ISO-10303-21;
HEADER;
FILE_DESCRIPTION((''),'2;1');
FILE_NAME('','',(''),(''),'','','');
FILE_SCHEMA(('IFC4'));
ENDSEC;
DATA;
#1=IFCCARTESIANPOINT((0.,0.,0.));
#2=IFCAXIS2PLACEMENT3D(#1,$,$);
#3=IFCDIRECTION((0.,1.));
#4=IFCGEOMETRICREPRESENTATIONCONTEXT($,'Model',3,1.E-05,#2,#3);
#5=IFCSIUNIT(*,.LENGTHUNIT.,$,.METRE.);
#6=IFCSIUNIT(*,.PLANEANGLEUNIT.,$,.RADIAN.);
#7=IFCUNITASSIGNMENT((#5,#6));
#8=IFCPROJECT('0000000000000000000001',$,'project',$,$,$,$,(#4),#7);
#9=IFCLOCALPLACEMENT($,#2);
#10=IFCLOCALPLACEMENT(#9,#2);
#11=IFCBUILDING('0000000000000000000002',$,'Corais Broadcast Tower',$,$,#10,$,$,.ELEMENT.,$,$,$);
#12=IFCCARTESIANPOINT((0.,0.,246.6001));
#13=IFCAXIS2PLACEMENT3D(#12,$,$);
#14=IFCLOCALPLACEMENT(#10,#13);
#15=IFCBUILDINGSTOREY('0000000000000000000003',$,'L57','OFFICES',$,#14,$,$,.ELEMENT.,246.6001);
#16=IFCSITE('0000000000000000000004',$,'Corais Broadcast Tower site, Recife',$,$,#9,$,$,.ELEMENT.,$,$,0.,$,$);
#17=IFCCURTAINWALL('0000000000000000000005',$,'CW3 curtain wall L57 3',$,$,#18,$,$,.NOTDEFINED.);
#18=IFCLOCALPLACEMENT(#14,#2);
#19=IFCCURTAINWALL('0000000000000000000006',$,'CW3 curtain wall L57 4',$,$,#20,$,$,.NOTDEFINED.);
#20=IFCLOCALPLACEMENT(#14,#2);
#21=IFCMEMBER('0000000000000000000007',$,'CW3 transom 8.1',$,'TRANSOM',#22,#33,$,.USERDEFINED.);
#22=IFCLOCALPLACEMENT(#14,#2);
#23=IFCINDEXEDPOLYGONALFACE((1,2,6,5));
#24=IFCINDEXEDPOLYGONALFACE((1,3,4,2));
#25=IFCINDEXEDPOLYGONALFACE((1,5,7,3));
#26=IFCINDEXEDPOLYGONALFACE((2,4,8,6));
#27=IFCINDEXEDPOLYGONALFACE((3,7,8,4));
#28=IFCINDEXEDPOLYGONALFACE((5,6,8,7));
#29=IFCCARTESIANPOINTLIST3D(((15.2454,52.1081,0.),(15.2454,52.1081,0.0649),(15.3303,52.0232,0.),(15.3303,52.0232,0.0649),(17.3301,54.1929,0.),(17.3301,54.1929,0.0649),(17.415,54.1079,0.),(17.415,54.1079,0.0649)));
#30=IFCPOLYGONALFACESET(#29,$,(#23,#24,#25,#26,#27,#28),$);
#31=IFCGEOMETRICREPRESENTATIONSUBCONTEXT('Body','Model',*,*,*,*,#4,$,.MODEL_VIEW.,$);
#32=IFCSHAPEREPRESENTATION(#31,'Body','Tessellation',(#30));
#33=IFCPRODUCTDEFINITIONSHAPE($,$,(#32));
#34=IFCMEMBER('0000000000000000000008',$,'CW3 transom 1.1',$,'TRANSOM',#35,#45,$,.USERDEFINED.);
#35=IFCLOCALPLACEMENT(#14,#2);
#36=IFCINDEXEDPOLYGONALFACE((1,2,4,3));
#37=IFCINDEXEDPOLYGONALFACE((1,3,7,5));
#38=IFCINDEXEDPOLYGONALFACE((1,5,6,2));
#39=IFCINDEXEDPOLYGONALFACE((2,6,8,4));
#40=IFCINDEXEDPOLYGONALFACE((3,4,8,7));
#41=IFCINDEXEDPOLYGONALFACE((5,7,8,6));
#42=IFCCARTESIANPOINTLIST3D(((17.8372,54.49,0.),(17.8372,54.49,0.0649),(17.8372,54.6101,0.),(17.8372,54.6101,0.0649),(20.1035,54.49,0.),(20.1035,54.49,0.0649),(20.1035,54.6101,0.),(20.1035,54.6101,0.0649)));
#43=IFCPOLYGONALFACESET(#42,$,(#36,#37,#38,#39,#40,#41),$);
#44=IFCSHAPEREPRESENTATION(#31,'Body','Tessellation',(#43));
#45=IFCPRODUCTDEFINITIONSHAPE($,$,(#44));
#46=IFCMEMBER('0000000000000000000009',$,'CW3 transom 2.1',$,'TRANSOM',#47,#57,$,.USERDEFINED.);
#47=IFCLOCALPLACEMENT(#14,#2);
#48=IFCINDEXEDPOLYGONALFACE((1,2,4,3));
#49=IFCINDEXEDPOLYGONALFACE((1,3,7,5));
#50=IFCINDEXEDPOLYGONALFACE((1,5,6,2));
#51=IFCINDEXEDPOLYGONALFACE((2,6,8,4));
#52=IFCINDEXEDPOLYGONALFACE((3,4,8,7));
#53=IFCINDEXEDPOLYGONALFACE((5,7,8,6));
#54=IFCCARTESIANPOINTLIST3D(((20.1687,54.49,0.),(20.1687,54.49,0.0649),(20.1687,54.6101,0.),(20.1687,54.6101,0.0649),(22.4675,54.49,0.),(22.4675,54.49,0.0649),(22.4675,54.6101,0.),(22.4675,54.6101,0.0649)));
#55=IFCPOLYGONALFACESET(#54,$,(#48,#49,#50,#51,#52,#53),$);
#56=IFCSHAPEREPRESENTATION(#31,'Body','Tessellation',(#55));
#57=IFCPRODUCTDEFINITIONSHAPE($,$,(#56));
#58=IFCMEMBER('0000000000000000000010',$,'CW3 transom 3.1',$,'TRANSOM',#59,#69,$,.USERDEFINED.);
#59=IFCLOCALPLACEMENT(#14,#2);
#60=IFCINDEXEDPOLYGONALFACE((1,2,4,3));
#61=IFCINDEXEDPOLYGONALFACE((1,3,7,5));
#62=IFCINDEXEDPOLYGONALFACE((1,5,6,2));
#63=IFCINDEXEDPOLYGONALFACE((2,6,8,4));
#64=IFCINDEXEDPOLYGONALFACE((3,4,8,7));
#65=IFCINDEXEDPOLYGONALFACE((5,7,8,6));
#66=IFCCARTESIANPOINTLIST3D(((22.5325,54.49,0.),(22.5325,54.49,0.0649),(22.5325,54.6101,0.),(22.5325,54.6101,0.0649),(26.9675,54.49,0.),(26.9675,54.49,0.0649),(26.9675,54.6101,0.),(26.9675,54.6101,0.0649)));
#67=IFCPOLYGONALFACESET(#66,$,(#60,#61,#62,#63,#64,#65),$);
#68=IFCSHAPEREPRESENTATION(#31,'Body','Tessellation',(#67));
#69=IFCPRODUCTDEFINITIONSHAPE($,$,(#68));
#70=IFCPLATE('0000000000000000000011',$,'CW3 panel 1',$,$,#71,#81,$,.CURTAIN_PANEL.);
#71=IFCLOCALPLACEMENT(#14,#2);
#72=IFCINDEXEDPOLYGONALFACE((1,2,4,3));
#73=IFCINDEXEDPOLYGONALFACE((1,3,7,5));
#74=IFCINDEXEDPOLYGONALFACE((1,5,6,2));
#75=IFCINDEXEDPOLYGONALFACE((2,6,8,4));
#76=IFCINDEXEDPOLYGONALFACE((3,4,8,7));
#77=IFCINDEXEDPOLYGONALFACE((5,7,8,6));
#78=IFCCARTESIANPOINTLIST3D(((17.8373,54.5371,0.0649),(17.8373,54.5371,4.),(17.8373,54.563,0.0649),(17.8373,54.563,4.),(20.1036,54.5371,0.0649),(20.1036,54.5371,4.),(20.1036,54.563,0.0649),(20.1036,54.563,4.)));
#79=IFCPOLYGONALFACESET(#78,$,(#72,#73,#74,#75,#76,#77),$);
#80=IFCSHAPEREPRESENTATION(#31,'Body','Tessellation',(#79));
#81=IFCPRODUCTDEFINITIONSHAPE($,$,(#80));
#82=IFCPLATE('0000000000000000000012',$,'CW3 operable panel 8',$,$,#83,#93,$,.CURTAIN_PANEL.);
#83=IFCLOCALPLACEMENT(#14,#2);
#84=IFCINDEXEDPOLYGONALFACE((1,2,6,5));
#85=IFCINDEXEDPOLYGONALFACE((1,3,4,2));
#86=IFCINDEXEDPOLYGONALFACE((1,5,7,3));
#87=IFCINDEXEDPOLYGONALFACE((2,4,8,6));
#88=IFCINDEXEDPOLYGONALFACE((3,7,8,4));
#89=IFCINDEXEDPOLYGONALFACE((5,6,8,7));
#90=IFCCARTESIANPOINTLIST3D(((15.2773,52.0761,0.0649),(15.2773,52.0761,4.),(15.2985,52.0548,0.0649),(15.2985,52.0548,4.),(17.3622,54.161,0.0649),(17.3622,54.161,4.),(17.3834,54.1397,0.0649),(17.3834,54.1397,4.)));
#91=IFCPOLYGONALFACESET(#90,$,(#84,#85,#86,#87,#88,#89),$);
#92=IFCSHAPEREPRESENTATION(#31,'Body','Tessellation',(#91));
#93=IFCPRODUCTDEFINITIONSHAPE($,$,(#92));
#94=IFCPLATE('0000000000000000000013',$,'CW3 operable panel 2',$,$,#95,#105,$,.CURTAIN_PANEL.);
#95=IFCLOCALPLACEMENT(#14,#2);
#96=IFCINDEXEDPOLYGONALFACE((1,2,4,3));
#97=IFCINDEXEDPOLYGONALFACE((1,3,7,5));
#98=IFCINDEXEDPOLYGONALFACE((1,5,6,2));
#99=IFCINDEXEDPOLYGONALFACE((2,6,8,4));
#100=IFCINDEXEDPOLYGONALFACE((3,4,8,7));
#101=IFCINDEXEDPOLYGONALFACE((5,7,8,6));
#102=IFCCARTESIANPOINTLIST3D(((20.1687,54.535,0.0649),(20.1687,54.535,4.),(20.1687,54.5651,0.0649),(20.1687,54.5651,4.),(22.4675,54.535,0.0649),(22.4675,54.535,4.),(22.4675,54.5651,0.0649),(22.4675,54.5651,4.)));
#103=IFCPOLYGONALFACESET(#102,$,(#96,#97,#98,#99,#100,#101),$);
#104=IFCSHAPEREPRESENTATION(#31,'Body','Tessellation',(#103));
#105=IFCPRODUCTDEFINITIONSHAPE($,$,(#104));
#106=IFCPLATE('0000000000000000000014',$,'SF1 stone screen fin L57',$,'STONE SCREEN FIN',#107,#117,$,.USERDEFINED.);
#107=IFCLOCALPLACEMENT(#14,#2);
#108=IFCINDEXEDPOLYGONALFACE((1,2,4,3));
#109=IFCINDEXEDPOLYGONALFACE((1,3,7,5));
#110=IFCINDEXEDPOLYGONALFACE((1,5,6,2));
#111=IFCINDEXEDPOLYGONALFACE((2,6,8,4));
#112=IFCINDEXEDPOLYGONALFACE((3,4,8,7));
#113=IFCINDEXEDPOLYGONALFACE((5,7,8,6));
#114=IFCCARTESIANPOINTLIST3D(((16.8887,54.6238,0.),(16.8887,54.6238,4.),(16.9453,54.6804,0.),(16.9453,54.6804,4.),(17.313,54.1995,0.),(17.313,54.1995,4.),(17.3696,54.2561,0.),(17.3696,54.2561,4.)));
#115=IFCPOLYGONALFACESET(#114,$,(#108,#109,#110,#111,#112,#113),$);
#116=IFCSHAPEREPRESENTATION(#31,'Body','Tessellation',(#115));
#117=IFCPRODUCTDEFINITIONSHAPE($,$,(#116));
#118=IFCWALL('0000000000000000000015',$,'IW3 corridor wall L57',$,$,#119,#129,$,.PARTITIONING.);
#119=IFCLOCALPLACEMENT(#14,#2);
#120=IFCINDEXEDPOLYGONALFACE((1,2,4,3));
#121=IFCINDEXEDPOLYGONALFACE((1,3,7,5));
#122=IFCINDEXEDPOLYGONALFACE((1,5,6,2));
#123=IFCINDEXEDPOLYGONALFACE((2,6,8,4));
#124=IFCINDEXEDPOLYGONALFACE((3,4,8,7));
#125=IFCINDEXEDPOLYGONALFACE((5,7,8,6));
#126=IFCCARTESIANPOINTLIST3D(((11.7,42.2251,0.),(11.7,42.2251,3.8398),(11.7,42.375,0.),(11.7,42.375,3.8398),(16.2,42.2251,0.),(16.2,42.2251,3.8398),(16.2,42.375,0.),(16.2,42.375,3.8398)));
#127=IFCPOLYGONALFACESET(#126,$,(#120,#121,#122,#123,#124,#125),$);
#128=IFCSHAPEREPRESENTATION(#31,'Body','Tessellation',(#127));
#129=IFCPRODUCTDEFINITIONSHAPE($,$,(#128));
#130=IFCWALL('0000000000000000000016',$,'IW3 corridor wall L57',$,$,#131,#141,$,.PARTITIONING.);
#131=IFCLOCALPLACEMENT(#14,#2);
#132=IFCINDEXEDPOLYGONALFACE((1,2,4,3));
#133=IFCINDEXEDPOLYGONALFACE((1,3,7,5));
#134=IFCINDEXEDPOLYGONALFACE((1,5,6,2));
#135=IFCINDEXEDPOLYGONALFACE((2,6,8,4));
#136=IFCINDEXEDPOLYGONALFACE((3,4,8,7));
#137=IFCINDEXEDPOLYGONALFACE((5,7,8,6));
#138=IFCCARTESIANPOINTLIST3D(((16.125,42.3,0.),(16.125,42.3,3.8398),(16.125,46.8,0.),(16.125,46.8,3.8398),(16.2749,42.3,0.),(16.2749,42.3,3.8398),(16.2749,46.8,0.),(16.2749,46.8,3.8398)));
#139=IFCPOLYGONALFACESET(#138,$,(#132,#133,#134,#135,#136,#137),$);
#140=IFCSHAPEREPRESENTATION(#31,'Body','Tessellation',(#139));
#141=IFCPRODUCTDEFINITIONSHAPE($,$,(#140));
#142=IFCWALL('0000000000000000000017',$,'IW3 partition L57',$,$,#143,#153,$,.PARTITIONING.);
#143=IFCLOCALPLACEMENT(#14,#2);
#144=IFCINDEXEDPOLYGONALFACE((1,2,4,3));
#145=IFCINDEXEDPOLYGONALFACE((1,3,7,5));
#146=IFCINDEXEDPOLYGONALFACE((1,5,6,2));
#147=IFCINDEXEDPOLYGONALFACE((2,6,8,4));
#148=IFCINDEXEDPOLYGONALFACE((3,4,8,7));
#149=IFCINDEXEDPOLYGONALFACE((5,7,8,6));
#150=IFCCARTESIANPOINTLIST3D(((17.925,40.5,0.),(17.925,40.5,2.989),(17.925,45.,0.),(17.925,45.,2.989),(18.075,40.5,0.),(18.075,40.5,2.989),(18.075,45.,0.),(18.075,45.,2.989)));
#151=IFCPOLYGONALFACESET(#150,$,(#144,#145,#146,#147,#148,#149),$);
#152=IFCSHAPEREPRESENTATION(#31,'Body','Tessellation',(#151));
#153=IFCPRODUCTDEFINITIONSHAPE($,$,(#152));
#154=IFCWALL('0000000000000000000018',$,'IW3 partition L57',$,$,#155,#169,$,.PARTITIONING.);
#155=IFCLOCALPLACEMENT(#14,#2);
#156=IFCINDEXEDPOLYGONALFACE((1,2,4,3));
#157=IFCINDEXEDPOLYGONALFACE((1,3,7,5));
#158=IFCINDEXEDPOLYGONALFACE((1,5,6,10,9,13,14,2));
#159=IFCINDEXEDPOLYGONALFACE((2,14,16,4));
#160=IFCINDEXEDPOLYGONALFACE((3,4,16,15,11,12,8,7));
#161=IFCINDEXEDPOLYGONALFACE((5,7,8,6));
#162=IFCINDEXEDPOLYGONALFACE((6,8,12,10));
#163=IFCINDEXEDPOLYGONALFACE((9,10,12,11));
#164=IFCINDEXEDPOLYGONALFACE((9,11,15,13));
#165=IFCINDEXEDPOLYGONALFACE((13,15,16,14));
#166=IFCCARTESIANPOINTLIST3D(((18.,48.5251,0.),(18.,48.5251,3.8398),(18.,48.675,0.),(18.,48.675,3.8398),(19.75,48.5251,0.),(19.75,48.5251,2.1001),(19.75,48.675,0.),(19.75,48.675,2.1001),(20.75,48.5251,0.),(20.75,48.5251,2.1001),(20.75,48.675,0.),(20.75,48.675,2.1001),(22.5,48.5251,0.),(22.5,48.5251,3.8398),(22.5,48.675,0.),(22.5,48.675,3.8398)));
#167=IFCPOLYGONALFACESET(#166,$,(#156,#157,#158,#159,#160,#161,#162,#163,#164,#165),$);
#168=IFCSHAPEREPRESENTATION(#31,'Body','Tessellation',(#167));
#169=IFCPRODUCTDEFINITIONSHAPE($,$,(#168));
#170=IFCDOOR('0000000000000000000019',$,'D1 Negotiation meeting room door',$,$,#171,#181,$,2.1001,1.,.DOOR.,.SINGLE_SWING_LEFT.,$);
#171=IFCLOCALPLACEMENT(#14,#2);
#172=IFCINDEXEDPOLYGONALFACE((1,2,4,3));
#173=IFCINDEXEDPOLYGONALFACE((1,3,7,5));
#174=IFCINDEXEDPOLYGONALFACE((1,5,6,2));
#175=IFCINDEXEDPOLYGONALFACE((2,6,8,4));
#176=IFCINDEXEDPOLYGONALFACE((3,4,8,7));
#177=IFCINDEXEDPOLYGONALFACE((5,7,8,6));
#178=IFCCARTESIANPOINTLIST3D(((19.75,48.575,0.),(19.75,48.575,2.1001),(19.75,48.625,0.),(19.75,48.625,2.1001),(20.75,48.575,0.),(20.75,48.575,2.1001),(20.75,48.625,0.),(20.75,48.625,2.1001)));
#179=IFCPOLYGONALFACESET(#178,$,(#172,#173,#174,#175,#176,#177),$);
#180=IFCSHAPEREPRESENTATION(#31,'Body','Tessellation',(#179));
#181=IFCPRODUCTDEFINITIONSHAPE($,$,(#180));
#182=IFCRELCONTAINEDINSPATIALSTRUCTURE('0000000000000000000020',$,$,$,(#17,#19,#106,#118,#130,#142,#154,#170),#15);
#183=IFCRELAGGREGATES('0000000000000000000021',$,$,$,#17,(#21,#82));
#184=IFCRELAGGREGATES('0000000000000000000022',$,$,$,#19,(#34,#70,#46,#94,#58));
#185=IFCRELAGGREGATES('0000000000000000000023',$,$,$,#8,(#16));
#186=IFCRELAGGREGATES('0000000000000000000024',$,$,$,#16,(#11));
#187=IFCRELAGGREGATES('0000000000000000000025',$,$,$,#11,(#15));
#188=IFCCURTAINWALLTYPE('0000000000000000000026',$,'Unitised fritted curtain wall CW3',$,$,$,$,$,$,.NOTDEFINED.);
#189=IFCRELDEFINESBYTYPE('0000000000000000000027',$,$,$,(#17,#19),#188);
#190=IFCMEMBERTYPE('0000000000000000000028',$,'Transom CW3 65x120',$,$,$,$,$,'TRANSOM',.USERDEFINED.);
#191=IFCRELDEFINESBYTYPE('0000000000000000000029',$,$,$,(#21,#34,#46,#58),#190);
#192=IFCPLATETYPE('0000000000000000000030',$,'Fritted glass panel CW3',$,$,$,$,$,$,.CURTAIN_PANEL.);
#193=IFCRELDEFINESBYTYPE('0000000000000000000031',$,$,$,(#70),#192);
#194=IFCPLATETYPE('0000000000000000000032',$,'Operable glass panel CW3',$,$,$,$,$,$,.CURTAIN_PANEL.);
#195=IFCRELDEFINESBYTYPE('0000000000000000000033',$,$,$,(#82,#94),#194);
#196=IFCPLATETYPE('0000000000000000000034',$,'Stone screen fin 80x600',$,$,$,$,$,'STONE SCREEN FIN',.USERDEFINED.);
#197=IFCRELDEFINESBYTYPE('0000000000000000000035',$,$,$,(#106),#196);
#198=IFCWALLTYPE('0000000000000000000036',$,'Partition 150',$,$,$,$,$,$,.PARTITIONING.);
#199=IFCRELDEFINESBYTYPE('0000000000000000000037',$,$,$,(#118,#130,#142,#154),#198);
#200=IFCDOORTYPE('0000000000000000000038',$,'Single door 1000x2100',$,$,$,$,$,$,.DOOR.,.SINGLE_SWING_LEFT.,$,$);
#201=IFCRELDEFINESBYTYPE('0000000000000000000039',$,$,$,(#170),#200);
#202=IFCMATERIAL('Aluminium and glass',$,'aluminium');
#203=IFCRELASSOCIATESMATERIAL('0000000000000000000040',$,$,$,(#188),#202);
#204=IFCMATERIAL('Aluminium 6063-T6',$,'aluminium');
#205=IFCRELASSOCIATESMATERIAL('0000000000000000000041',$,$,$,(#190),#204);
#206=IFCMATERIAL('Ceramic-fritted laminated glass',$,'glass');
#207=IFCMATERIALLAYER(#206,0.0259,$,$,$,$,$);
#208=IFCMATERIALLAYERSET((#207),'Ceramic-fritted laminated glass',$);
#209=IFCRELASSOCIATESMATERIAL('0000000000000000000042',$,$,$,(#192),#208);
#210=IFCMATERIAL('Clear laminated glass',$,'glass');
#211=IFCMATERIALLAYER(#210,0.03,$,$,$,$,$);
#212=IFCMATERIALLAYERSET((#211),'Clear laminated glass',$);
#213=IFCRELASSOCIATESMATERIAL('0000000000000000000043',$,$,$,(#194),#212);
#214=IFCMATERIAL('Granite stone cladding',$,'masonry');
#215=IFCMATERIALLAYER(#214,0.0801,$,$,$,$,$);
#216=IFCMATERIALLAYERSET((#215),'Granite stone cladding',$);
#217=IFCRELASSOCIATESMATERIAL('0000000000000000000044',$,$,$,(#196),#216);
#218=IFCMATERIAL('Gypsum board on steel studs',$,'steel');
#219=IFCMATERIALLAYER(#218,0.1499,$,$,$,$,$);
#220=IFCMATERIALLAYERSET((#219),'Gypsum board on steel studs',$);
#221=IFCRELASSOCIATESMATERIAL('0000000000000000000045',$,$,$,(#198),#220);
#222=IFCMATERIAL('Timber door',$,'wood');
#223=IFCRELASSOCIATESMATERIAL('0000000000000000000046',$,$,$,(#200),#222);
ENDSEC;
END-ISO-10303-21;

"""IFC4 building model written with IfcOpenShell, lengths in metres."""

from ifc_helpers import new_model, si_unit, direction, frame, frame_2d, origin, origin_2d, place, context, subcontext, project, spatial, rectangle, extrude, material, layer, layer_set, material_profile, profile_set, type_object, element, fill, aggregate, save


model = new_model("IFC4")

# Units and contexts
model_context = context("Model", 3, precision=1e-05, world=origin(), true_north=direction((0.0, 1.0)))
body_context = subcontext(model_context, "Body", "Model", "MODEL_VIEW")
ifc_project = project(units=[si_unit("LENGTHUNIT", "METRE"), si_unit("PLANEANGLEUNIT", "RADIAN")], contexts=[model_context])

# Site, building, storey
site_placement = place(None, origin())
site = spatial("IfcSite", under=ifc_project, at=site_placement, Name="Corais Broadcast Tower site, Recife", CompositionType="ELEMENT", RefElevation=0.0)
building_placement = place(site_placement, origin())
building = spatial("IfcBuilding", under=site, at=building_placement, Name="Corais Broadcast Tower", CompositionType="ELEMENT")
storey_placement = place(building_placement, frame((0.0, 0.0, 246.6001)))
storey = spatial("IfcBuildingStorey", under=building, at=storey_placement, Name="L57", Description="OFFICES", CompositionType="ELEMENT", Elevation=246.6001)

# Curtain walls
ifc_material_1 = material(Name="Aluminium and glass", Category="aluminium")
curtain_wall_type = type_object("IfcCurtainWallType", Name="Unitised fritted curtain wall CW3", PredefinedType="NOTDEFINED", material=ifc_material_1)
curtain_wall_1_placement = place(storey_placement, origin())
curtain_wall_1 = element("IfcCurtainWall", 1, at=curtain_wall_1_placement, inside=storey, type_object=curtain_wall_type, Name="CW3 curtain wall L57 3", PredefinedType="NOTDEFINED")
curtain_wall_2_placement = place(storey_placement, origin())
curtain_wall_2 = element("IfcCurtainWall", 2, at=curtain_wall_2_placement, inside=storey, type_object=curtain_wall_type, Name="CW3 curtain wall L57 4", PredefinedType="NOTDEFINED")

# Members
ifc_material_2 = material(Name="Aluminium 6063-T6", Category="aluminium")
ifc_material_profile_1 = material_profile(ifc_material_2, rectangle(XDim=0.1201, YDim=0.0649, at=origin_2d()), Name="Transom CW3 65x120")
ifc_profile_set_1 = profile_set([ifc_material_profile_1], Name="Aluminium 6063-T6")
member_type_1 = type_object("IfcMemberType", Name="Transom CW3 65x120", ElementType="TRANSOM", PredefinedType="USERDEFINED", material=ifc_profile_set_1)
member_1_placement = place(storey_placement, frame((15.2878, 52.0657, 0.0325), z_axis=(0.707107, 0.707107, 0.0), x_axis=(-0.707107, 0.707107, 0.0)))
member_1 = element("IfcMember", 3, at=member_1_placement, type_object=member_type_1, Name="CW3 transom 8.1", ObjectType="TRANSOM", PredefinedType="USERDEFINED", context=body_context, shape_type="SweptSolid", body=[
    extrude(rectangle(XDim=0.1201, YDim=0.0649, at=origin_2d()), origin(), (0.0, 0.0, 1.0), 2.9482),
])
member_2_placement = place(storey_placement, frame((17.8372, 54.55, 0.0325), z_axis=(1.0, 0.0, 0.0), x_axis=(0.0, 1.0, 0.0)))
member_2 = element("IfcMember", 4, at=member_2_placement, type_object=member_type_1, Name="CW3 transom 1.1", ObjectType="TRANSOM", PredefinedType="USERDEFINED", context=body_context, shape_type="SweptSolid", body=[
    extrude(rectangle(XDim=0.1201, YDim=0.0649, at=origin_2d()), origin(), (0.0, 0.0, 1.0), 2.2664),
])
member_3_placement = place(storey_placement, frame((20.1687, 54.55, 0.0325), z_axis=(1.0, 0.0, 0.0), x_axis=(0.0, 1.0, 0.0)))
member_3 = element("IfcMember", 5, at=member_3_placement, type_object=member_type_1, Name="CW3 transom 2.1", ObjectType="TRANSOM", PredefinedType="USERDEFINED", context=body_context, shape_type="SweptSolid", body=[
    extrude(rectangle(XDim=0.1201, YDim=0.0649, at=origin_2d()), origin(), (0.0, 0.0, 1.0), 2.2988),
])
member_4_placement = place(storey_placement, frame((22.5325, 54.55, 0.0325), z_axis=(1.0, 0.0, 0.0), x_axis=(0.0, 1.0, 0.0)))
member_4 = element("IfcMember", 6, at=member_4_placement, type_object=member_type_1, Name="CW3 transom 3.1", ObjectType="TRANSOM", PredefinedType="USERDEFINED", context=body_context, shape_type="SweptSolid", body=[
    extrude(rectangle(XDim=0.1201, YDim=0.0649, at=origin_2d()), origin(), (0.0, 0.0, 1.0), 4.4351),
])

# Plates
ifc_material_3 = material(Name="Ceramic-fritted laminated glass", Category="glass")
ifc_layer_1 = layer(ifc_material_3, 0.0259)
ifc_layer_set_1 = layer_set([ifc_layer_1], Name="Ceramic-fritted laminated glass")
plate_type_1 = type_object("IfcPlateType", Name="Fritted glass panel CW3", PredefinedType="CURTAIN_PANEL", material=ifc_layer_set_1)
plate_1_placement = place(storey_placement, frame((18.9705, 54.55, 0.0649), z_axis=(0.0, 0.0, 1.0), x_axis=(1.0, 0.0, 0.0)))
plate_1 = element("IfcPlate", 7, at=plate_1_placement, type_object=plate_type_1, Name="CW3 panel 1", PredefinedType="CURTAIN_PANEL", context=body_context, shape_type="SweptSolid", body=[
    extrude(rectangle(XDim=2.2664, YDim=0.0259, at=origin_2d()), origin(), (0.0, 0.0, 1.0), 3.9351),
])
ifc_material_4 = material(Name="Clear laminated glass", Category="glass")
ifc_layer_2 = layer(ifc_material_4, 0.03)
ifc_layer_set_2 = layer_set([ifc_layer_2], Name="Clear laminated glass")
plate_type_2 = type_object("IfcPlateType", Name="Operable glass panel CW3", PredefinedType="CURTAIN_PANEL", material=ifc_layer_set_2)
plate_2_placement = place(storey_placement, frame((16.3303, 53.1079, 0.0649), z_axis=(0.0, 0.0, 1.0), x_axis=(0.707107, 0.707107, 0.0)))
plate_2 = element("IfcPlate", 8, at=plate_2_placement, type_object=plate_type_2, Name="CW3 operable panel 8", PredefinedType="CURTAIN_PANEL", context=body_context, shape_type="SweptSolid", body=[
    extrude(rectangle(XDim=2.9485, YDim=0.03, at=origin_2d()), origin(), (0.0, 0.0, 1.0), 3.9351),
])
aggregate(curtain_wall_1, [member_1, plate_2])
plate_3_placement = place(storey_placement, frame((21.3181, 54.55, 0.0649), z_axis=(0.0, 0.0, 1.0), x_axis=(1.0, 0.0, 0.0)))
plate_3 = element("IfcPlate", 9, at=plate_3_placement, type_object=plate_type_2, Name="CW3 operable panel 2", PredefinedType="CURTAIN_PANEL", context=body_context, shape_type="SweptSolid", body=[
    extrude(rectangle(XDim=2.2988, YDim=0.03, at=origin_2d()), origin(), (0.0, 0.0, 1.0), 3.9351),
])
aggregate(curtain_wall_2, [member_2, plate_1, member_3, plate_3, member_4])
ifc_material_5 = material(Name="Granite stone cladding", Category="masonry")
ifc_layer_3 = layer(ifc_material_5, 0.0801)
ifc_layer_set_3 = layer_set([ifc_layer_3], Name="Granite stone cladding")
plate_type_3 = type_object("IfcPlateType", Name="Stone screen fin 80x600", ElementType="STONE SCREEN FIN", PredefinedType="USERDEFINED", material=ifc_layer_set_3)
plate_4_placement = place(storey_placement, frame((17.1292, 54.4399, 0.0), z_axis=(0.0, 0.0, 1.0), x_axis=(0.707107, 0.707107, 0.0)))
element("IfcPlate", 10, at=plate_4_placement, inside=storey, type_object=plate_type_3, Name="SF1 stone screen fin L57", ObjectType="STONE SCREEN FIN", PredefinedType="USERDEFINED", context=body_context, shape_type="SweptSolid", body=[
    extrude(rectangle(XDim=0.0801, YDim=0.6001, at=origin_2d()), origin(), (0.0, 0.0, 1.0), 4.0),
])

# Walls
ifc_material_6 = material(Name="Gypsum board on steel studs", Category="steel")
ifc_layer_4 = layer(ifc_material_6, 0.1499)
ifc_layer_set_4 = layer_set([ifc_layer_4], Name="Gypsum board on steel studs")
wall_type = type_object("IfcWallType", Name="Partition 150", PredefinedType="PARTITIONING", material=ifc_layer_set_4)
for number, where, z_axis, x_axis, name in (
    (11, (16.2, 42.3, 0.0), (0.0, 0.0, 1.0), (-1.0, 0.0, 0.0), "IW3 corridor wall L57"),
    (12, (16.2, 46.8, 0.0), (0.0, 0.0, 1.0), (0.0, -1.0, 0.0), "IW3 corridor wall L57"),
):
    element("IfcWall", number, at=place(storey_placement, frame(where, z_axis=z_axis, x_axis=x_axis)), inside=storey, type_object=wall_type, Name=name, PredefinedType="PARTITIONING", context=body_context, shape_type="SweptSolid", body=[
        extrude(rectangle(XDim=4.5, YDim=0.1499, at=frame_2d((2.25, 0.0))), origin(), (0.0, 0.0, 1.0), 3.8398),
    ])
wall_1_placement = place(storey_placement, frame((18.0, 45.0, 0.0), z_axis=(0.0, 0.0, 1.0), x_axis=(0.0, -1.0, 0.0)))
element("IfcWall", 13, at=wall_1_placement, inside=storey, type_object=wall_type, Name="IW3 partition L57", PredefinedType="PARTITIONING", context=body_context, shape_type="SweptSolid", body=[
    extrude(rectangle(XDim=4.5, YDim=0.1499, at=frame_2d((2.25, 0.0))), origin(), (0.0, 0.0, 1.0), 2.989),
])

# Wall, opening, door
wall_2_placement = place(storey_placement, frame((18.0, 48.6001, 0.0), z_axis=(0.0, 0.0, 1.0), x_axis=(1.0, 0.0, 0.0)))
wall_2 = element("IfcWall", 14, at=wall_2_placement, inside=storey, type_object=wall_type, Name="IW3 partition L57", PredefinedType="PARTITIONING", context=body_context, shape_type="SweptSolid", body=[
    extrude(rectangle(XDim=4.5, YDim=0.1499, at=frame_2d((2.25, 0.0))), origin(), (0.0, 0.0, 1.0), 3.8398),
])
opening_1_placement = place(wall_2_placement, frame((1.75, 0.0, 0.0)))
opening_1 = element("IfcOpeningElement", 15, at=opening_1_placement, cuts=wall_2, PredefinedType="OPENING", context=body_context, shape_type="SweptSolid", body=[
    extrude(rectangle(XDim=1.0, YDim=2.1001, at=frame_2d((0.5, 1.05))), frame((0.0, 0.085, 0.0), z_axis=(0.0, -1.0, 0.0), x_axis=(1.0, 0.0, 0.0)), (0.0, 0.0, 1.0), 0.1699),
])
ifc_material_7 = material(Name="Timber door", Category="wood")
door_type = type_object("IfcDoorType", Name="Single door 1000x2100", OperationType="SINGLE_SWING_LEFT", PredefinedType="DOOR", material=ifc_material_7)
door_1_placement = place(opening_1_placement, origin())
door_1 = element("IfcDoor", 16, at=door_1_placement, inside=storey, type_object=door_type, Name="D1 Negotiation meeting room door", OperationType="SINGLE_SWING_LEFT", OverallHeight=2.1001, OverallWidth=1.0, PredefinedType="DOOR", context=body_context, shape_type="SweptSolid", body=[
    extrude(rectangle(XDim=1.0, YDim=2.1001, at=frame_2d((0.5, 1.05))), frame((0.0, 0.0249, 0.0), z_axis=(0.0, -1.0, 0.0), x_axis=(1.0, 0.0, 0.0)), (0.0, 0.0, 1.0), 0.05),
])
fill(opening_1, door_1)

save(model, "model.ifc")
